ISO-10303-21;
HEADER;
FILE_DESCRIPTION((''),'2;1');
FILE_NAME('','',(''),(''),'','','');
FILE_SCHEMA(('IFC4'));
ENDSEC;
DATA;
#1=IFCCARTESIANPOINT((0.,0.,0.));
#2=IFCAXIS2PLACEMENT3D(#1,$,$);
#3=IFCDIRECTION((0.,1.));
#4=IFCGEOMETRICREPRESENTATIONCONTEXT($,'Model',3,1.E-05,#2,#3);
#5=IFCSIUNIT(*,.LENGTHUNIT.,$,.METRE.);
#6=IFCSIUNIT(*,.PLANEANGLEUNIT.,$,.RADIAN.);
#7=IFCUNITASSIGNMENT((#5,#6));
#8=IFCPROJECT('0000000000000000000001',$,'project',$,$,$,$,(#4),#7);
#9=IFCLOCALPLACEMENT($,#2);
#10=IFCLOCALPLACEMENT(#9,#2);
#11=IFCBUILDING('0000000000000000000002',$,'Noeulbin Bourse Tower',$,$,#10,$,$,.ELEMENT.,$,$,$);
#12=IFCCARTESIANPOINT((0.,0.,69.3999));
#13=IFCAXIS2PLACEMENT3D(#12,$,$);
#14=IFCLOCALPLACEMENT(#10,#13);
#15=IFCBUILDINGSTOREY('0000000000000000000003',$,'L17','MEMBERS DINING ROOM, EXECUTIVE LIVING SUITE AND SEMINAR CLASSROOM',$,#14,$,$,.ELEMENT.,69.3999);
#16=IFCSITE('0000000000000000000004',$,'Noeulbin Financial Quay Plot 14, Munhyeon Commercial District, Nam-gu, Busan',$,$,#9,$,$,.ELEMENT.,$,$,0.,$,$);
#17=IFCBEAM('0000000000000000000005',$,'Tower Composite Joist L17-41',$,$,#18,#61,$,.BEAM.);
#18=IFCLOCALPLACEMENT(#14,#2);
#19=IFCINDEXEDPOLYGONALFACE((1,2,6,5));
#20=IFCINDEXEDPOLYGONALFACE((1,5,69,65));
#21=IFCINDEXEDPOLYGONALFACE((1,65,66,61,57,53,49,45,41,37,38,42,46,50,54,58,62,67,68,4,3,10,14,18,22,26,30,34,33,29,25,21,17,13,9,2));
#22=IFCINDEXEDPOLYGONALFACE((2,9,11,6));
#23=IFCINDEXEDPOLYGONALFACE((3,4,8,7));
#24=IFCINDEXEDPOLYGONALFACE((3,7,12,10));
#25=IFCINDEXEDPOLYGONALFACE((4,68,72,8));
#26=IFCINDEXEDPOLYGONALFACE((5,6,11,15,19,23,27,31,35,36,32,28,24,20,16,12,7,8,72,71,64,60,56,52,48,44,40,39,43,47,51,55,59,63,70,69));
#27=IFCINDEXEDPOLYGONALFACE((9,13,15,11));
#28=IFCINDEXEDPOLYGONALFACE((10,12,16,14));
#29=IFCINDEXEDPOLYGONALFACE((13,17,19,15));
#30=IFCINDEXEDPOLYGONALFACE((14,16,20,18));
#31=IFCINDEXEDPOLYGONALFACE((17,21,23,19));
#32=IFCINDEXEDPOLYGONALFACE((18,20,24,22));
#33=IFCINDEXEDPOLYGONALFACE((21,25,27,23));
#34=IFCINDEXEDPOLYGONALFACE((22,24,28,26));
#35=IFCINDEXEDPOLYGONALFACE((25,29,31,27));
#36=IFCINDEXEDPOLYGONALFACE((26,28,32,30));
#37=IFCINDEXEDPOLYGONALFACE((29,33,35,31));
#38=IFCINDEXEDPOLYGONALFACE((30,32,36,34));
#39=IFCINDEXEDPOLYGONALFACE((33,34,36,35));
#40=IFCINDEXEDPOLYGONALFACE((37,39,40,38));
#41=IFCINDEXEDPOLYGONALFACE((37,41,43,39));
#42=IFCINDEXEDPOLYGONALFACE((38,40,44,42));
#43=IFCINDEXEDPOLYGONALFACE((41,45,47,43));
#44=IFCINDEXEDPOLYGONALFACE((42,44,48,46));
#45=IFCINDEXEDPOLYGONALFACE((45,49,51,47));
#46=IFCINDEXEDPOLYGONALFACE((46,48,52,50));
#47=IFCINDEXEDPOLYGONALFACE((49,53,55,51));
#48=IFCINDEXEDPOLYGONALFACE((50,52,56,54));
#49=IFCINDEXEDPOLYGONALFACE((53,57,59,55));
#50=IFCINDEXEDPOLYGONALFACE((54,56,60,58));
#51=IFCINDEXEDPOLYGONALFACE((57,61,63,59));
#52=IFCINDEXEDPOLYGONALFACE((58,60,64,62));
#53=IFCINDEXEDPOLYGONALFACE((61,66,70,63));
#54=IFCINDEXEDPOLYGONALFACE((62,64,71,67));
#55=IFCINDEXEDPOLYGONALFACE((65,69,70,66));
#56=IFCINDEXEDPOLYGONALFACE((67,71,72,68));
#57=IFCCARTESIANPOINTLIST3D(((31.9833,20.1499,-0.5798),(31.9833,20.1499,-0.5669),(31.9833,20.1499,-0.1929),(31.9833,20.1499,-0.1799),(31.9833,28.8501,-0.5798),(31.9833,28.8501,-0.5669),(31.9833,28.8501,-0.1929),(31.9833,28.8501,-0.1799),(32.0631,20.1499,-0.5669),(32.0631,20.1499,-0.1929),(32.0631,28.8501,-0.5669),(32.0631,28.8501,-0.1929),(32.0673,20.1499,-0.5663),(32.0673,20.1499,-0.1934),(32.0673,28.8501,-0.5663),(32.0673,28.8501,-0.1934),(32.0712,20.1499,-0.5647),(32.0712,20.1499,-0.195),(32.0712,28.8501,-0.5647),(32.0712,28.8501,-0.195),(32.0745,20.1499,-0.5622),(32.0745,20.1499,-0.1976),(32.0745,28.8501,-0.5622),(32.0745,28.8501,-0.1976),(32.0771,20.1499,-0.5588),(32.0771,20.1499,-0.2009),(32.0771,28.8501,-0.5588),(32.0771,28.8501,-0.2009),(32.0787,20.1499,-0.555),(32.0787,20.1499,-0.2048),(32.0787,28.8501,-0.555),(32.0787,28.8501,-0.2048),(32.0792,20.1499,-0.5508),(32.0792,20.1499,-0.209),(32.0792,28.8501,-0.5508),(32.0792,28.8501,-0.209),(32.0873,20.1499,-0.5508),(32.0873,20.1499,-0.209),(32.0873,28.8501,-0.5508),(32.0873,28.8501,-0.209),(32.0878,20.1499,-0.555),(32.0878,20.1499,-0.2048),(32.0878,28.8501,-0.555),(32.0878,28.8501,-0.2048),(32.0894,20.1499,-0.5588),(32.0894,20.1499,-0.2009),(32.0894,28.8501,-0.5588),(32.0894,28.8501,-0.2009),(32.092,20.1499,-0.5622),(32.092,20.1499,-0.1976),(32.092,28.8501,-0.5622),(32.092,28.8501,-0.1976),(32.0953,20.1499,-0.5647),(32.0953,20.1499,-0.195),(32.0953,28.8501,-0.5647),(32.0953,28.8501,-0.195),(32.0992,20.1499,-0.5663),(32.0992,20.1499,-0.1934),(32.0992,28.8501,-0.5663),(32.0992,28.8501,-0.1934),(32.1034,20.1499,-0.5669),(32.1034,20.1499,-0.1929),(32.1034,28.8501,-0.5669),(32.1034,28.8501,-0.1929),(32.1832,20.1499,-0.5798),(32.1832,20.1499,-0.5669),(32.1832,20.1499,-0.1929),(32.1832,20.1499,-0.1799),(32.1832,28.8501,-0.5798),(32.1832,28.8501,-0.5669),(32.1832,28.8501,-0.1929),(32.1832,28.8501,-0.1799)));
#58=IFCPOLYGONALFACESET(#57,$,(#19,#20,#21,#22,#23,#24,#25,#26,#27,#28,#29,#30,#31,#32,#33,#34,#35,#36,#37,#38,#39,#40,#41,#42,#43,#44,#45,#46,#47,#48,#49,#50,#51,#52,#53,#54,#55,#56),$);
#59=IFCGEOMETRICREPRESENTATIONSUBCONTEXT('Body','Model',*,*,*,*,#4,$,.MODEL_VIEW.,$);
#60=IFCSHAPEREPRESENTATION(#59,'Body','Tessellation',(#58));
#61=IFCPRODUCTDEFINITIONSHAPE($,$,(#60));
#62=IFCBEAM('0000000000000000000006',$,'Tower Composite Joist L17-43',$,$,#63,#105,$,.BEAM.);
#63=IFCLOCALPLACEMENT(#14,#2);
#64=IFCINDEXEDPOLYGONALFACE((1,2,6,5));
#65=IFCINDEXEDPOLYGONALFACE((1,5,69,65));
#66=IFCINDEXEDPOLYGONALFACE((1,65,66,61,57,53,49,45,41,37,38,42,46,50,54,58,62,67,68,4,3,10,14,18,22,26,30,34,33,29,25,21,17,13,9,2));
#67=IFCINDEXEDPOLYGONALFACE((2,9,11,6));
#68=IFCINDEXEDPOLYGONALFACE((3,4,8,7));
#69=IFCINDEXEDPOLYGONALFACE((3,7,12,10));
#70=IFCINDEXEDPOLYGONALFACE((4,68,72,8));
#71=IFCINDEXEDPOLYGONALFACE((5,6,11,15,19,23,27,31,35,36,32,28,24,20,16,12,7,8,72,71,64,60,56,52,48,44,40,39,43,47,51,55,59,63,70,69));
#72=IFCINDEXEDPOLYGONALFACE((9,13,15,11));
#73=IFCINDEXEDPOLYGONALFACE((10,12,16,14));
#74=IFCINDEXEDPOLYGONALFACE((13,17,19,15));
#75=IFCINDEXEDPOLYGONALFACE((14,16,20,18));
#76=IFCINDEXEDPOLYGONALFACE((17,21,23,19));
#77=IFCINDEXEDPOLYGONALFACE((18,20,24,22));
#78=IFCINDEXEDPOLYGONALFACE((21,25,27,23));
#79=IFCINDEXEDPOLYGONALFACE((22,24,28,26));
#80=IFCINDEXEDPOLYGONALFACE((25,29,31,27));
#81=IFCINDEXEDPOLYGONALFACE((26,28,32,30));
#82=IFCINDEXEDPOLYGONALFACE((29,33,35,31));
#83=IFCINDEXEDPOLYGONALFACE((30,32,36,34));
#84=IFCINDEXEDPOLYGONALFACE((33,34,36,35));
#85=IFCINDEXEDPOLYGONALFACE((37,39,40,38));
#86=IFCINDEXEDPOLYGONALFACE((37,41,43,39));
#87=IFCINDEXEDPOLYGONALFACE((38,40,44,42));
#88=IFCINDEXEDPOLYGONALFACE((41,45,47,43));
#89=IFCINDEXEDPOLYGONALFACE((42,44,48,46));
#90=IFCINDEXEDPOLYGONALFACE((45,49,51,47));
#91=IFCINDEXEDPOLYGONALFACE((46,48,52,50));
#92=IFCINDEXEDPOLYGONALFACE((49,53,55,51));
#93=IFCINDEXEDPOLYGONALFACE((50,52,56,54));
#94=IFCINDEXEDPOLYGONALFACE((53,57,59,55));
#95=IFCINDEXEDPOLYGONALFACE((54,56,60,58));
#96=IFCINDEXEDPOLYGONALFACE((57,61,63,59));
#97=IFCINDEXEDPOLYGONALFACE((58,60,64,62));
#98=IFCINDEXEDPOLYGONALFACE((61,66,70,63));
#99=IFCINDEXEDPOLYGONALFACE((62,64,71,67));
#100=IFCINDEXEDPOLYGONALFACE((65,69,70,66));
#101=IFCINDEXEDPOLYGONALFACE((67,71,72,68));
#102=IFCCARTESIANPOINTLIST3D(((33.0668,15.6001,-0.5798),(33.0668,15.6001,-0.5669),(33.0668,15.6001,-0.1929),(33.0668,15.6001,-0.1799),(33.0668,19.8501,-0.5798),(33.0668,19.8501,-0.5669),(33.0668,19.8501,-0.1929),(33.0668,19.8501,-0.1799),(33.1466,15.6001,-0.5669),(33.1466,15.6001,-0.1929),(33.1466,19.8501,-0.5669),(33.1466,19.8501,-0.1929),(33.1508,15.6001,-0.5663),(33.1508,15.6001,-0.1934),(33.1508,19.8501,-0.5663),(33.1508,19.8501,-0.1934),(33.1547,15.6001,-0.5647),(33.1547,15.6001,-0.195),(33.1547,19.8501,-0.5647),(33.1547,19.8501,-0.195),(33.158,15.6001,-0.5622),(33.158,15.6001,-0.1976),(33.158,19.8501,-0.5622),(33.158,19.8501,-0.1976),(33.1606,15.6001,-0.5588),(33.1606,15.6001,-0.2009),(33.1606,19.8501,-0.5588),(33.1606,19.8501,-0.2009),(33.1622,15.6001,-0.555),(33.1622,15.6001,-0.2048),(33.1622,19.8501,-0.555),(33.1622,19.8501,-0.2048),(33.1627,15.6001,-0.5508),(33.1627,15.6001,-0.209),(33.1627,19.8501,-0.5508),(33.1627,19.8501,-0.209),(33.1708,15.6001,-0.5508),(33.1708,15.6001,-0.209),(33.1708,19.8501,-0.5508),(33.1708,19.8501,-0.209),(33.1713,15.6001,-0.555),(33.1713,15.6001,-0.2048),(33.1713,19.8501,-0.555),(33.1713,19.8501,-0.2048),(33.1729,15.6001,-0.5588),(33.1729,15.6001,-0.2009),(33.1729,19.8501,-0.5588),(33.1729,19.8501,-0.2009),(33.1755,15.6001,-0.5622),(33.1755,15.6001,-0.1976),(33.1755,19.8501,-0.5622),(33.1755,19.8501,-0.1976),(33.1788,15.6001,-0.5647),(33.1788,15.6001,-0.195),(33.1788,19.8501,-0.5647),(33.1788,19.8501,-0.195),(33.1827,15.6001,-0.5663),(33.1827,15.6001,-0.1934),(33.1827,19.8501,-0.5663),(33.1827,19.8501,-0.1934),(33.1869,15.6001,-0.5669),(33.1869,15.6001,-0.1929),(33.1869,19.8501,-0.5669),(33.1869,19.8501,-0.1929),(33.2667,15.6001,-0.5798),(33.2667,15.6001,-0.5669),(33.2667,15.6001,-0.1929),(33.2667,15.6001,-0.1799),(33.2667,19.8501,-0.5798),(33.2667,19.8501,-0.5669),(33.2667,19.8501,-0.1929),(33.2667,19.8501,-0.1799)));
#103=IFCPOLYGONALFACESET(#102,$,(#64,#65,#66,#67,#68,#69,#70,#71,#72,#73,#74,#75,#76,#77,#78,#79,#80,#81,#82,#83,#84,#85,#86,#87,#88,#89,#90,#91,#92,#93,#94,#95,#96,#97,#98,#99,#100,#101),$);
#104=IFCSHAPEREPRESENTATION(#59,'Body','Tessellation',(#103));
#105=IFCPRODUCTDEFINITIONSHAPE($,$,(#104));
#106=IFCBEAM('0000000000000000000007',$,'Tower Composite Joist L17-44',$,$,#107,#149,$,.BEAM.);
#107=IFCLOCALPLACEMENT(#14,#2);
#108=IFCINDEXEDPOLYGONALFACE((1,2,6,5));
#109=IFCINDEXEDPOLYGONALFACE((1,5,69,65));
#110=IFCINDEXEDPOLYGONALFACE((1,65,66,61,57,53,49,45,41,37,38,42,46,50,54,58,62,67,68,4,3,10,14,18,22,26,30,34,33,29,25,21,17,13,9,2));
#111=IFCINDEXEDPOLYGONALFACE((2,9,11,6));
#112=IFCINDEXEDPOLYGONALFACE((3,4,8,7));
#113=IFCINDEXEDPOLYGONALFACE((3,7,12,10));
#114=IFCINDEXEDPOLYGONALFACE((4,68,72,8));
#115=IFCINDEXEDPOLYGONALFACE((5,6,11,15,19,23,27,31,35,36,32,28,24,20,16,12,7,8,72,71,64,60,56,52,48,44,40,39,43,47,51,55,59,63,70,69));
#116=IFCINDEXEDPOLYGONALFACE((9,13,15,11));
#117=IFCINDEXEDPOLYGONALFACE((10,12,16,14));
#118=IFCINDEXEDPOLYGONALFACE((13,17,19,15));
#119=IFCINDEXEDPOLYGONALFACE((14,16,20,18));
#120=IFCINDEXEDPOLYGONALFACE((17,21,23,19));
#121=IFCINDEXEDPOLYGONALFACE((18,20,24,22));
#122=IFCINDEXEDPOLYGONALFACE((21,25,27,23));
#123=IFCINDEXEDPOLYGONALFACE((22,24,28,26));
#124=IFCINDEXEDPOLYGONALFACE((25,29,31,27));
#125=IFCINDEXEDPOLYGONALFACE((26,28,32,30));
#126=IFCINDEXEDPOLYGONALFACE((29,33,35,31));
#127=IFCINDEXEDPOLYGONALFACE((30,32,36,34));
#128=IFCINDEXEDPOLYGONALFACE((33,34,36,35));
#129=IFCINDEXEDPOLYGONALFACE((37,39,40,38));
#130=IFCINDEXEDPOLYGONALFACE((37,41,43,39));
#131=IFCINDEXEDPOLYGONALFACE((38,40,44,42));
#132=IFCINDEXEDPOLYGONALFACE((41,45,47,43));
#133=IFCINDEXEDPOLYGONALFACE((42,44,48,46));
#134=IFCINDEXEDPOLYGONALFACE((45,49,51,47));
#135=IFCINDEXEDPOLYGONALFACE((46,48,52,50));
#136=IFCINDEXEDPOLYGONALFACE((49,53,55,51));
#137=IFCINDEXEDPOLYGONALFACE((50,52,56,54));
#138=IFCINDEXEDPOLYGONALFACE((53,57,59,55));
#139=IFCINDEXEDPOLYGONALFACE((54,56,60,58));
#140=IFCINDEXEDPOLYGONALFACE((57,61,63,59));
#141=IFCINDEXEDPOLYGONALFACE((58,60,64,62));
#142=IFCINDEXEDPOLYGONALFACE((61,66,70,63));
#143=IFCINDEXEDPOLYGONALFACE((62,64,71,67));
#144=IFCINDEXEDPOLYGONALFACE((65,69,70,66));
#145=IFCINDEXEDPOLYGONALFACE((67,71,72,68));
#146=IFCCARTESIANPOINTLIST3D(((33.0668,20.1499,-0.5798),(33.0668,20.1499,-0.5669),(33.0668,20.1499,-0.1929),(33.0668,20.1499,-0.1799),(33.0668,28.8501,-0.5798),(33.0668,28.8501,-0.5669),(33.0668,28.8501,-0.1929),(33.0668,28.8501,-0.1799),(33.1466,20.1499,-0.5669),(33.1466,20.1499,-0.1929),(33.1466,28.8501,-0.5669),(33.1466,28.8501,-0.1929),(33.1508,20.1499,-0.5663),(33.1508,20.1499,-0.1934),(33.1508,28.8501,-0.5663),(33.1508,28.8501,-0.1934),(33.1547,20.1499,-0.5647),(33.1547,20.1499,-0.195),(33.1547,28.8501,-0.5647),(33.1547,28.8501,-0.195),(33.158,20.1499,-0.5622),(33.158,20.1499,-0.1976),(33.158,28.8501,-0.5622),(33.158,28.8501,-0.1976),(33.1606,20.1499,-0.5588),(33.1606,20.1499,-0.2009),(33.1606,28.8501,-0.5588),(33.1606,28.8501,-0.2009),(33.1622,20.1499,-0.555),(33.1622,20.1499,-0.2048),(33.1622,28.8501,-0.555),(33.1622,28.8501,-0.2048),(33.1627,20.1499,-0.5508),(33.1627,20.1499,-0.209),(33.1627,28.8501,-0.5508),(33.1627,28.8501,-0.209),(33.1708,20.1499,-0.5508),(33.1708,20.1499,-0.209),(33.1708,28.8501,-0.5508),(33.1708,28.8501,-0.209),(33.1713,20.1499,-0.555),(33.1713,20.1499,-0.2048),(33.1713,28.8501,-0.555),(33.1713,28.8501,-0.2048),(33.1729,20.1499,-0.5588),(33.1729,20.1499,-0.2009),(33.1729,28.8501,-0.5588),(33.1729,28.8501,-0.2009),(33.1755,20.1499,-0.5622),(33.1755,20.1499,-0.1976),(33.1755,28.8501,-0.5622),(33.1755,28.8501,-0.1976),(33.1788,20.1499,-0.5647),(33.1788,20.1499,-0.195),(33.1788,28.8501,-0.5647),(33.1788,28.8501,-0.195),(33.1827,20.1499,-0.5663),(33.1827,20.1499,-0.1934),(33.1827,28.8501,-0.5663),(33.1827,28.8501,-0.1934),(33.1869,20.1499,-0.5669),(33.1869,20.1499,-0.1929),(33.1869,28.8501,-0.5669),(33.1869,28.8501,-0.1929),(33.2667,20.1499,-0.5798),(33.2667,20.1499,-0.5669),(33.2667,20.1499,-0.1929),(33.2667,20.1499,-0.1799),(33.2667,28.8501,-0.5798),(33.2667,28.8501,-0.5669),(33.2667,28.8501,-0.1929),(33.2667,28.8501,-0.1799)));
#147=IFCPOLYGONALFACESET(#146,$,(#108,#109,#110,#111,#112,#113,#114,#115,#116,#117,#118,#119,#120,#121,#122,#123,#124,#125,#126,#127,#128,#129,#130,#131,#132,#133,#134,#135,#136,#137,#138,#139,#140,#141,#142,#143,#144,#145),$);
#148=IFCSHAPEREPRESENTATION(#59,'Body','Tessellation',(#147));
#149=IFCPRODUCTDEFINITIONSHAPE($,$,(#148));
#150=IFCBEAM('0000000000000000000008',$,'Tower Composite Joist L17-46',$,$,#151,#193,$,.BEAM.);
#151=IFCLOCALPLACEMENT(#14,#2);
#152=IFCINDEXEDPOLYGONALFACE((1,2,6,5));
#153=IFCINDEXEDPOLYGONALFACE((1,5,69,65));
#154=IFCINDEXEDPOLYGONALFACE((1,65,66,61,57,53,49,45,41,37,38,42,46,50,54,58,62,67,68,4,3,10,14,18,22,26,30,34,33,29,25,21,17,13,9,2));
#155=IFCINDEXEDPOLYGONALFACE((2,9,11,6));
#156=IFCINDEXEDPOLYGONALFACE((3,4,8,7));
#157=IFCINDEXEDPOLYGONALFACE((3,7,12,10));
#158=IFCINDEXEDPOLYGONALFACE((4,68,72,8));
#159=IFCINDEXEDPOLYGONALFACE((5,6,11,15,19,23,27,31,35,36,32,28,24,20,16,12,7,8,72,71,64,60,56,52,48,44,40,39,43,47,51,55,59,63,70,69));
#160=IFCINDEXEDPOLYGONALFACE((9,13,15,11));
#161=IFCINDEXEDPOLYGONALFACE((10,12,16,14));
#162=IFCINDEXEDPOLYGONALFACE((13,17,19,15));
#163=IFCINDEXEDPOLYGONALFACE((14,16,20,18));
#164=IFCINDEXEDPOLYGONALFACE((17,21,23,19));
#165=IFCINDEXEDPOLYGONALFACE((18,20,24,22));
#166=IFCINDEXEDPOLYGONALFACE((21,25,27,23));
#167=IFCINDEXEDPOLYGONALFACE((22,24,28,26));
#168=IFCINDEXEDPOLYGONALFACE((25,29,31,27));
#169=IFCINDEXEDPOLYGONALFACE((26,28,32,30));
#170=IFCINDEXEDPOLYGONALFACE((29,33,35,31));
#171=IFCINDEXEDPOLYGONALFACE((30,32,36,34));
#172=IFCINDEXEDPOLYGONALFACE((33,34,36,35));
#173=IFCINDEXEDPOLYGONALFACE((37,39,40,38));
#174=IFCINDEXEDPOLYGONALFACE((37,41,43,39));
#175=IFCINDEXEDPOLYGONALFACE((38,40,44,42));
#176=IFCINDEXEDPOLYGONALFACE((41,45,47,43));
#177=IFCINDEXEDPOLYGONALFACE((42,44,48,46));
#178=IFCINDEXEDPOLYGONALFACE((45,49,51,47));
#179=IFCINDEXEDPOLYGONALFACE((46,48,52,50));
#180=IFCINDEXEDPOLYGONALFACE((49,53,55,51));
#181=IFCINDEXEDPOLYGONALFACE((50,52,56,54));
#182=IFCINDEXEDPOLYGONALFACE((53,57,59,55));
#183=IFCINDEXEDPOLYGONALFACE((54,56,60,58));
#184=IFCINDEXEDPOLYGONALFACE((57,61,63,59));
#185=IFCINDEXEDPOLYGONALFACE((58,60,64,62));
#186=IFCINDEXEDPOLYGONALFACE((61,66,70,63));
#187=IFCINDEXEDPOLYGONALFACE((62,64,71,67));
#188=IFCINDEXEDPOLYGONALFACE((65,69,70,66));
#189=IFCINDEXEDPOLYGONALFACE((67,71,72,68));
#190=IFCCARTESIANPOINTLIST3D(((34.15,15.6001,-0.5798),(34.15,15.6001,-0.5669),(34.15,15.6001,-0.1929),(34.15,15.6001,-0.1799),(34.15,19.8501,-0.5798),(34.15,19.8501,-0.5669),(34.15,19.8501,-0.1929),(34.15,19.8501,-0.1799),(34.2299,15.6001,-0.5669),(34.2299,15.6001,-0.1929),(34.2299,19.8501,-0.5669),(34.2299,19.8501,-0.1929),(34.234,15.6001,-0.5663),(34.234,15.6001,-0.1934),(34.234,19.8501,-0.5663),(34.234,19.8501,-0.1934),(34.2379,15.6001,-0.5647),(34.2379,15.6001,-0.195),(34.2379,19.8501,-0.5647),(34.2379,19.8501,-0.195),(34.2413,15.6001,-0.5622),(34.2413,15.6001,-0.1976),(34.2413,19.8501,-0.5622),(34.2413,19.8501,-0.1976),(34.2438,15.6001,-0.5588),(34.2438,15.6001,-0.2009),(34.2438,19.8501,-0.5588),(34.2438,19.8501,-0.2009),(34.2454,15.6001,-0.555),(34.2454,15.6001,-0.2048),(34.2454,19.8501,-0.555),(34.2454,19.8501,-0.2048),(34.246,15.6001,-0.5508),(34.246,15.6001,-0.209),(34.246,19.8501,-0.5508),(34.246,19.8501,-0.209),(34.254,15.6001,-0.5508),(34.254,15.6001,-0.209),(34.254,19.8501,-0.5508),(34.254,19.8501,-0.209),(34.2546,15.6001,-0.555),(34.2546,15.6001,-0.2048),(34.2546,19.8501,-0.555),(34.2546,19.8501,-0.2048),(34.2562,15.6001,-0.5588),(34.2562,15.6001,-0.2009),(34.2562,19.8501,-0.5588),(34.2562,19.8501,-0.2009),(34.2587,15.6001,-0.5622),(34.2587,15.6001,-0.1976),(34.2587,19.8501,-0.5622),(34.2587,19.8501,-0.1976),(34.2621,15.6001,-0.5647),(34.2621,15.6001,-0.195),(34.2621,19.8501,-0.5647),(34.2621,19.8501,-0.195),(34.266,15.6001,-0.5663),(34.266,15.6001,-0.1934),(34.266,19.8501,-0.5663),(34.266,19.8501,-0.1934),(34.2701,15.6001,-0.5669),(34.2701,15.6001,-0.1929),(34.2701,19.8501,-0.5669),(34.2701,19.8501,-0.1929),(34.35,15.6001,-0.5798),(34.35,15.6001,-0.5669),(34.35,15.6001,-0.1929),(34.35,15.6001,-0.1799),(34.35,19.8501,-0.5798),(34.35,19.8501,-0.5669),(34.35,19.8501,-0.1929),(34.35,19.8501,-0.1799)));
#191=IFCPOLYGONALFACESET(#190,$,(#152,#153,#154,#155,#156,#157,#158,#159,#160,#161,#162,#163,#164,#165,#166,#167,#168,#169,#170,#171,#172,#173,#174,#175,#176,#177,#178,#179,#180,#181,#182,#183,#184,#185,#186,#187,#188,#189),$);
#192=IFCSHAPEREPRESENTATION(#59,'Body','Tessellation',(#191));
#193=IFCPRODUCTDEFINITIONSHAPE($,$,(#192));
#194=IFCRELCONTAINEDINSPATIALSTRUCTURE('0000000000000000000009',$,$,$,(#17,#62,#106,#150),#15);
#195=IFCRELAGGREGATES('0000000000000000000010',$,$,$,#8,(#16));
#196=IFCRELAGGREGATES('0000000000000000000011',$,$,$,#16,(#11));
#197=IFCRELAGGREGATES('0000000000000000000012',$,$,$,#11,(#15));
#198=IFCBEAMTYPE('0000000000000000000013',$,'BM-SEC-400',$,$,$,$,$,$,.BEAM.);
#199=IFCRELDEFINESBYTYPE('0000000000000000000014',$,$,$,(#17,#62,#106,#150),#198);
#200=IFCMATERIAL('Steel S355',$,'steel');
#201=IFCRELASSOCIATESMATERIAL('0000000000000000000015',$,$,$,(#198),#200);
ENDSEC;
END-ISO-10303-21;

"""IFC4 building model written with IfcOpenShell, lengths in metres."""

from ifc_helpers import new_model, si_unit, direction, frame, origin, origin_2d, place, context, subcontext, project, spatial, i_section, extrude, material, material_profile, profile_set, type_object, element, save


model = new_model("IFC4")

# Units and contexts
model_context = context("Model", 3, precision=1e-05, world=origin(), true_north=direction((0.0, 1.0)))
body_context = subcontext(model_context, "Body", "Model", "MODEL_VIEW")
ifc_project = project(units=[si_unit("LENGTHUNIT", "METRE"), si_unit("PLANEANGLEUNIT", "RADIAN")], contexts=[model_context])

# Site, building, storey
site_placement = place(None, origin())
site = spatial("IfcSite", under=ifc_project, at=site_placement, Name="Noeulbin Financial Quay Plot 14, Munhyeon Commercial District, Nam-gu, Busan", CompositionType="ELEMENT", RefElevation=0.0)
building_placement = place(site_placement, origin())
building = spatial("IfcBuilding", under=site, at=building_placement, Name="Noeulbin Bourse Tower", CompositionType="ELEMENT")
storey_placement = place(building_placement, frame((0.0, 0.0, 69.3999)))
storey = spatial("IfcBuildingStorey", under=building, at=storey_placement, Name="L17", Description="MEMBERS DINING ROOM, EXECUTIVE LIVING SUITE AND SEMINAR CLASSROOM", CompositionType="ELEMENT", Elevation=69.3999)

# Beams
ifc_material_1 = material(Name="Steel S355", Category="steel")
ifc_material_profile_1 = material_profile(ifc_material_1, i_section(OverallWidth=0.2, OverallDepth=0.3999, WebThickness=0.0081, FlangeThickness=0.0129, FilletRadius=0.0161, at=origin_2d()), Name="H-400x200x8x13", Category="LoadBearing")
ifc_profile_set_1 = profile_set([ifc_material_profile_1], Name="Steel S355")
beam_type_1 = type_object("IfcBeamType", Name="BM-SEC-400", PredefinedType="BEAM", material=ifc_profile_set_1)
for number, where, z_axis, x_axis, name in (
    (1, (32.0833, 20.1499, -0.3799), (0.0, 1.0, 0.0), (-1.0, 0.0, 0.0), "Tower Composite Joist L17-41"),
):
    element("IfcBeam", number, at=place(storey_placement, frame(where, z_axis=z_axis, x_axis=x_axis)), inside=storey, type_object=beam_type_1, Name=name, PredefinedType="BEAM", context=body_context, shape_type="SweptSolid", body=[
        extrude(i_section(OverallWidth=0.2, OverallDepth=0.3999, WebThickness=0.0081, FlangeThickness=0.0129, FilletRadius=0.0161, at=origin_2d()), origin(), (0.0, 0.0, 1.0), 8.7002),
    ])
beam_1_placement = place(storey_placement, frame((33.1667, 15.6001, -0.3799), z_axis=(0.0, 1.0, 0.0), x_axis=(-1.0, 0.0, 0.0)))
element("IfcBeam", 2, at=beam_1_placement, inside=storey, type_object=beam_type_1, Name="Tower Composite Joist L17-43", PredefinedType="BEAM", context=body_context, shape_type="SweptSolid", body=[
    extrude(i_section(OverallWidth=0.2, OverallDepth=0.3999, WebThickness=0.0081, FlangeThickness=0.0129, FilletRadius=0.0161, at=origin_2d()), origin(), (0.0, 0.0, 1.0), 4.25),
])
beam_2_placement = place(storey_placement, frame((33.1667, 20.1499, -0.3799), z_axis=(0.0, 1.0, 0.0), x_axis=(-1.0, 0.0, 0.0)))
element("IfcBeam", 3, at=beam_2_placement, inside=storey, type_object=beam_type_1, Name="Tower Composite Joist L17-44", PredefinedType="BEAM", context=body_context, shape_type="SweptSolid", body=[
    extrude(i_section(OverallWidth=0.2, OverallDepth=0.3999, WebThickness=0.0081, FlangeThickness=0.0129, FilletRadius=0.0161, at=origin_2d()), origin(), (0.0, 0.0, 1.0), 8.7002),
])
beam_3_placement = place(storey_placement, frame((34.25, 15.6001, -0.3799), z_axis=(0.0, 1.0, 0.0), x_axis=(-1.0, 0.0, 0.0)))
element("IfcBeam", 4, at=beam_3_placement, inside=storey, type_object=beam_type_1, Name="Tower Composite Joist L17-46", PredefinedType="BEAM", context=body_context, shape_type="SweptSolid", body=[
    extrude(i_section(OverallWidth=0.2, OverallDepth=0.3999, WebThickness=0.0081, FlangeThickness=0.0129, FilletRadius=0.0161, at=origin_2d()), origin(), (0.0, 0.0, 1.0), 4.25),
])

save(model, "model.ifc")
